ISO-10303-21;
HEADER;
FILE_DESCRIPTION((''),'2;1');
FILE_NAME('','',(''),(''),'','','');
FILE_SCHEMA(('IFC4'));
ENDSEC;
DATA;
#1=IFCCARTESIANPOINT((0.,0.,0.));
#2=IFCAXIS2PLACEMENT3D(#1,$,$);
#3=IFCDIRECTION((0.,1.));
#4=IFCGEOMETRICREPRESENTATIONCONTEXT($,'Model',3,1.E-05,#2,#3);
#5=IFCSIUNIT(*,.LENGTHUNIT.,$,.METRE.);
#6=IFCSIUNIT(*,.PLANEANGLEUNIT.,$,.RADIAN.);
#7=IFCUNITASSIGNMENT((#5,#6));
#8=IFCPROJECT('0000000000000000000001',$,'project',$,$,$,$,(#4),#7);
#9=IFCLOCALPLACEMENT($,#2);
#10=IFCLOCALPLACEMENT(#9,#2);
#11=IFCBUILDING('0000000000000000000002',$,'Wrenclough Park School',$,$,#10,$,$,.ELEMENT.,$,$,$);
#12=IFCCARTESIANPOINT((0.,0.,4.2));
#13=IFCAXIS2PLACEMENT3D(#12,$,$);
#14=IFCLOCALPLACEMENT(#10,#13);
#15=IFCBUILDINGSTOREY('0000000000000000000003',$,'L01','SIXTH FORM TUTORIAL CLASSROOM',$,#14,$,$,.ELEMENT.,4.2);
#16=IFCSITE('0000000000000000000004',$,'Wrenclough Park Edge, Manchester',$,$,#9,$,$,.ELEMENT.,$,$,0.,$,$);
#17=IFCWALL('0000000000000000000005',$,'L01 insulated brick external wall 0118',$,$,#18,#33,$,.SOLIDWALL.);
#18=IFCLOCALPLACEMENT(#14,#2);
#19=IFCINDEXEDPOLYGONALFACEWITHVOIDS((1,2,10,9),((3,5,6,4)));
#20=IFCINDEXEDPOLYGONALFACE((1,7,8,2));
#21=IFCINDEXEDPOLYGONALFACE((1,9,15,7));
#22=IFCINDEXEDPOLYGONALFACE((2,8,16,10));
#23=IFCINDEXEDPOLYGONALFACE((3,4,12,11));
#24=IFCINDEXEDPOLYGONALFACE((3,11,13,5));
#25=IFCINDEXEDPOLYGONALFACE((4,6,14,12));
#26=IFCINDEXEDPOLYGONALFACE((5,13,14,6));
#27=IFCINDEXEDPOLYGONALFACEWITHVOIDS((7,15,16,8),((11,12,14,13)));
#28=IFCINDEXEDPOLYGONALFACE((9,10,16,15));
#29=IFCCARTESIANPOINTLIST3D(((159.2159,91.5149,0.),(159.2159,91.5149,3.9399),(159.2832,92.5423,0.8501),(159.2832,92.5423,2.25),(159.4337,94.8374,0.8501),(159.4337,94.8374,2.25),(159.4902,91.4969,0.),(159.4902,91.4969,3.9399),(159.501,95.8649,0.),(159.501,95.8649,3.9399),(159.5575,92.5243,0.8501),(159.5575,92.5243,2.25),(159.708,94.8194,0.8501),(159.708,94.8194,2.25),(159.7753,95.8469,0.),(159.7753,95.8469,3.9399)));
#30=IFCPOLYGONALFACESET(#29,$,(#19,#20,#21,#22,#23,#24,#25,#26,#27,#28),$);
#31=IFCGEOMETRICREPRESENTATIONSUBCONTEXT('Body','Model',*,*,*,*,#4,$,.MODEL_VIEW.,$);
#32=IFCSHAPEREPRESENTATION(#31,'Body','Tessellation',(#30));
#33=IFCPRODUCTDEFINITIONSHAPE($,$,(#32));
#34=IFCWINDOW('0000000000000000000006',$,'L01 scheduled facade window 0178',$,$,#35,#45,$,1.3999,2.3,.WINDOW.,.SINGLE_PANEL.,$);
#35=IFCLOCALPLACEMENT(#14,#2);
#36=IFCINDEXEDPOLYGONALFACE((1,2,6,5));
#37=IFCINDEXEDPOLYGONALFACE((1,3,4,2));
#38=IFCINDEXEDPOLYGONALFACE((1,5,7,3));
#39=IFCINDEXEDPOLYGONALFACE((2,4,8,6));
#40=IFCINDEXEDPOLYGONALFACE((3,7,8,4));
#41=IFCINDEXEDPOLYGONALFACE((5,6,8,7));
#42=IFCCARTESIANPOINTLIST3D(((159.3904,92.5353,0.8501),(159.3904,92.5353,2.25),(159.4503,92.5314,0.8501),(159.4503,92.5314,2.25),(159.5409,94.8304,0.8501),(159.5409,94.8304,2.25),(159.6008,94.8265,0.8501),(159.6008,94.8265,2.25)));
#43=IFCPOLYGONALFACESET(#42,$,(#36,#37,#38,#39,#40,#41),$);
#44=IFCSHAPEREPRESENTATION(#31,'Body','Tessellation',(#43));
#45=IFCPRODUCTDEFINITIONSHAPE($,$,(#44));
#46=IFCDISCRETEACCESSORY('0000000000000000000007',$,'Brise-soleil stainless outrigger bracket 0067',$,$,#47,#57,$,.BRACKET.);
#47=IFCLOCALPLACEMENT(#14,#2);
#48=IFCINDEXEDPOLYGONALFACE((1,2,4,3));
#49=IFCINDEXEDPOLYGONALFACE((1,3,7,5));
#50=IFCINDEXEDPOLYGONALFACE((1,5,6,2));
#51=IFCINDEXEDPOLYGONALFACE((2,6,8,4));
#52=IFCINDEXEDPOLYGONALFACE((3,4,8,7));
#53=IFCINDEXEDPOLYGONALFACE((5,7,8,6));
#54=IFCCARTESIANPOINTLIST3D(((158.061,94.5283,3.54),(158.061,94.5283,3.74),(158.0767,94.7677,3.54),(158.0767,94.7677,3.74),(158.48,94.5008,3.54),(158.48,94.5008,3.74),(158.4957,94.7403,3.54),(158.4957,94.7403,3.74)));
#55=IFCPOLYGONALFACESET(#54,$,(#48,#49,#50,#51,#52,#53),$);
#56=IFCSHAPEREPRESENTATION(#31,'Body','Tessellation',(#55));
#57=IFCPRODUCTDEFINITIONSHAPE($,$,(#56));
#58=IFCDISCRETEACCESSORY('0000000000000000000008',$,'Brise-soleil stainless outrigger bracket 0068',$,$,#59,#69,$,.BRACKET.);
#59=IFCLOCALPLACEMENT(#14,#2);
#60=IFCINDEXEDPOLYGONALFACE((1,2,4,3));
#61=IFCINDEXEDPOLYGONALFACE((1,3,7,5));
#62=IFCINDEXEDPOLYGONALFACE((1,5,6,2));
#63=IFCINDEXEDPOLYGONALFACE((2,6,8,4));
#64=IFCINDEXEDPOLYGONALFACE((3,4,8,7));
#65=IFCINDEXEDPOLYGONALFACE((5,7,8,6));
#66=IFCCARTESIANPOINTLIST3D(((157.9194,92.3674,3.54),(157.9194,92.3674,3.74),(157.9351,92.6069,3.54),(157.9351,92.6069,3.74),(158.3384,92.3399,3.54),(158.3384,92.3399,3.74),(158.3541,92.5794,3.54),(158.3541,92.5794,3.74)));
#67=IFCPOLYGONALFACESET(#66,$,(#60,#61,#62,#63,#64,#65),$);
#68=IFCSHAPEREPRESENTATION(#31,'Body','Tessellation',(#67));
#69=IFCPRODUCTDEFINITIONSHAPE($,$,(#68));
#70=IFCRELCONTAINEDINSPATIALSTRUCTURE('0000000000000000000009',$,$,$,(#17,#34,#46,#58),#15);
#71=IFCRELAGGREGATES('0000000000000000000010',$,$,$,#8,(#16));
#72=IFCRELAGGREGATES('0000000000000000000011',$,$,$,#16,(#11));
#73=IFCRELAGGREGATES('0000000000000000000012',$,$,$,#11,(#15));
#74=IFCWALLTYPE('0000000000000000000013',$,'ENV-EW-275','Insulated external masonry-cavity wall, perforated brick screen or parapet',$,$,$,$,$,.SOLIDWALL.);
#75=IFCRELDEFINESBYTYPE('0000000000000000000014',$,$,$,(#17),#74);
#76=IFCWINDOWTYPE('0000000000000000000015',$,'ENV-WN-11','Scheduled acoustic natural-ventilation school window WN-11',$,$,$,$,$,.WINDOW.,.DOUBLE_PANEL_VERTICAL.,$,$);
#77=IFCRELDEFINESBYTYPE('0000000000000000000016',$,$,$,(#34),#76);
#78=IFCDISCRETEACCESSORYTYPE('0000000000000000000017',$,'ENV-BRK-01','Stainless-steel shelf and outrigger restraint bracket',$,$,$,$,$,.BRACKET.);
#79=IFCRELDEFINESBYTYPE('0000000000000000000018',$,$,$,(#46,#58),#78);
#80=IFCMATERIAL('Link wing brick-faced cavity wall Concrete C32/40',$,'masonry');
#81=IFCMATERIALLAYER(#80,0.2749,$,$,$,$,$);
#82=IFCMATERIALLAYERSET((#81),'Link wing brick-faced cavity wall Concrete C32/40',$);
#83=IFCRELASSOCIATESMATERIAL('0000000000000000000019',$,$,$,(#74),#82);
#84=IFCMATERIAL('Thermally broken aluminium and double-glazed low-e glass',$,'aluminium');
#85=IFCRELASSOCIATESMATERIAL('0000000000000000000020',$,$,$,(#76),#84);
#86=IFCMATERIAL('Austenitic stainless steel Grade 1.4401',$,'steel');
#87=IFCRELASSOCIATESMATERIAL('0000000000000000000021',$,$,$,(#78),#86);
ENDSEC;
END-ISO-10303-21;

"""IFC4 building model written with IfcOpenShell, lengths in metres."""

from ifc_helpers import new_model, si_unit, direction, frame, frame_2d, origin, origin_2d, place, context, subcontext, project, spatial, rectangle, extrude, material, layer, layer_set, type_object, element, fill, save


model = new_model("IFC4")

# Units and contexts
model_context = context("Model", 3, precision=1e-05, world=origin(), true_north=direction((0.0, 1.0)))
body_context = subcontext(model_context, "Body", "Model", "MODEL_VIEW")
ifc_project = project(units=[si_unit("LENGTHUNIT", "METRE"), si_unit("PLANEANGLEUNIT", "RADIAN")], contexts=[model_context])

# Site, building, storey
site_placement = place(None, origin())
site = spatial("IfcSite", under=ifc_project, at=site_placement, Name="Wrenclough Park Edge, Manchester", CompositionType="ELEMENT", RefElevation=0.0)
building_placement = place(site_placement, origin())
building = spatial("IfcBuilding", under=site, at=building_placement, Name="Wrenclough Park School", CompositionType="ELEMENT")
storey_placement = place(building_placement, frame((0.0, 0.0, 4.2)))
storey = spatial("IfcBuildingStorey", under=building, at=storey_placement, Name="L01", Description="SIXTH FORM TUTORIAL CLASSROOM", CompositionType="ELEMENT", Elevation=4.2)

# Wall, opening, window
ifc_material_1 = material(Name="Link wing brick-faced cavity wall Concrete C32/40", Category="masonry")
ifc_layer_1 = layer(ifc_material_1, 0.2749)
ifc_layer_set_1 = layer_set([ifc_layer_1], Name="Link wing brick-faced cavity wall Concrete C32/40")
wall_type_1 = type_object("IfcWallType", Name="ENV-EW-275", Description="Insulated external masonry-cavity wall, perforated brick screen or parapet", PredefinedType="SOLIDWALL", material=ifc_layer_set_1)
wall_1_placement = place(storey_placement, frame((159.353, 91.5059, 0.0), z_axis=(0.0, 0.0, 1.0), x_axis=(0.065411, 0.997858, 0.0)))
wall_1 = element("IfcWall", 1, at=wall_1_placement, inside=storey, type_object=wall_type_1, Name="L01 insulated brick external wall 0118", PredefinedType="SOLIDWALL", context=body_context, shape_type="SweptSolid", body=[
    extrude(rectangle(XDim=4.3594, YDim=0.2749, at=frame_2d((2.1797, 0.0))), origin(), (0.0, 0.0, 1.0), 3.9399),
])
opening_placement = place(wall_1_placement, frame((1.0298, 0.0, 0.8501)))
opening = element("IfcOpeningElement", 2, at=opening_placement, cuts=wall_1, PredefinedType="OPENING", context=body_context, shape_type="SweptSolid", body=[
    extrude(rectangle(XDim=2.3, YDim=1.3999, at=frame_2d((1.1499, 0.7))), frame((0.0, 0.1475, 0.0), z_axis=(0.0, -1.0, 0.0), x_axis=(1.0, 0.0, 0.0)), (0.0, 0.0, 1.0), 0.2949),
])
ifc_material_2 = material(Name="Thermally broken aluminium and double-glazed low-e glass", Category="aluminium")
window_type = type_object("IfcWindowType", Name="ENV-WN-11", Description="Scheduled acoustic natural-ventilation school window WN-11", PartitioningType="DOUBLE_PANEL_VERTICAL", PredefinedType="WINDOW", material=ifc_material_2)
window_placement = place(opening_placement, origin())
window = element("IfcWindow", 3, at=window_placement, inside=storey, type_object=window_type, Name="L01 scheduled facade window 0178", OverallHeight=1.3999, OverallWidth=2.3, PartitioningType="SINGLE_PANEL", PredefinedType="WINDOW", context=body_context, shape_type="SweptSolid", body=[
    extrude(rectangle(XDim=2.3, YDim=1.3999, at=frame_2d((1.1499, 0.7))), frame((0.0, 0.03, 0.0), z_axis=(0.0, -1.0, 0.0), x_axis=(1.0, 0.0, 0.0)), (0.0, 0.0, 1.0), 0.0601),
])
fill(opening, window)

# Discrete accessories
ifc_material_3 = material(Name="Austenitic stainless steel Grade 1.4401", Category="steel")
discrete_accessory_type = type_object("IfcDiscreteAccessoryType", Name="ENV-BRK-01", Description="Stainless-steel shelf and outrigger restraint bracket", PredefinedType="BRACKET", material=ifc_material_3)
for number, where, z_axis, x_axis, name in (
    (4, (158.2783, 94.6343, 3.54), (0.0, 0.0, 1.0), (-0.065392, -0.99786, 0.0), "Brise-soleil stainless outrigger bracket 0067"),
    (5, (158.1367, 92.4734, 3.54), (0.0, 0.0, 1.0), (-0.065392, -0.99786, 0.0), "Brise-soleil stainless outrigger bracket 0068"),
):
    element("IfcDiscreteAccessory", number, at=place(storey_placement, frame(where, z_axis=z_axis, x_axis=x_axis)), inside=storey, type_object=discrete_accessory_type, Name=name, PredefinedType="BRACKET", context=body_context, shape_type="SweptSolid", body=[
        extrude(rectangle(XDim=0.24, YDim=0.4199, at=origin_2d()), origin(), (0.0, 0.0, 1.0), 0.2),
    ])

save(model, "model.ifc")
